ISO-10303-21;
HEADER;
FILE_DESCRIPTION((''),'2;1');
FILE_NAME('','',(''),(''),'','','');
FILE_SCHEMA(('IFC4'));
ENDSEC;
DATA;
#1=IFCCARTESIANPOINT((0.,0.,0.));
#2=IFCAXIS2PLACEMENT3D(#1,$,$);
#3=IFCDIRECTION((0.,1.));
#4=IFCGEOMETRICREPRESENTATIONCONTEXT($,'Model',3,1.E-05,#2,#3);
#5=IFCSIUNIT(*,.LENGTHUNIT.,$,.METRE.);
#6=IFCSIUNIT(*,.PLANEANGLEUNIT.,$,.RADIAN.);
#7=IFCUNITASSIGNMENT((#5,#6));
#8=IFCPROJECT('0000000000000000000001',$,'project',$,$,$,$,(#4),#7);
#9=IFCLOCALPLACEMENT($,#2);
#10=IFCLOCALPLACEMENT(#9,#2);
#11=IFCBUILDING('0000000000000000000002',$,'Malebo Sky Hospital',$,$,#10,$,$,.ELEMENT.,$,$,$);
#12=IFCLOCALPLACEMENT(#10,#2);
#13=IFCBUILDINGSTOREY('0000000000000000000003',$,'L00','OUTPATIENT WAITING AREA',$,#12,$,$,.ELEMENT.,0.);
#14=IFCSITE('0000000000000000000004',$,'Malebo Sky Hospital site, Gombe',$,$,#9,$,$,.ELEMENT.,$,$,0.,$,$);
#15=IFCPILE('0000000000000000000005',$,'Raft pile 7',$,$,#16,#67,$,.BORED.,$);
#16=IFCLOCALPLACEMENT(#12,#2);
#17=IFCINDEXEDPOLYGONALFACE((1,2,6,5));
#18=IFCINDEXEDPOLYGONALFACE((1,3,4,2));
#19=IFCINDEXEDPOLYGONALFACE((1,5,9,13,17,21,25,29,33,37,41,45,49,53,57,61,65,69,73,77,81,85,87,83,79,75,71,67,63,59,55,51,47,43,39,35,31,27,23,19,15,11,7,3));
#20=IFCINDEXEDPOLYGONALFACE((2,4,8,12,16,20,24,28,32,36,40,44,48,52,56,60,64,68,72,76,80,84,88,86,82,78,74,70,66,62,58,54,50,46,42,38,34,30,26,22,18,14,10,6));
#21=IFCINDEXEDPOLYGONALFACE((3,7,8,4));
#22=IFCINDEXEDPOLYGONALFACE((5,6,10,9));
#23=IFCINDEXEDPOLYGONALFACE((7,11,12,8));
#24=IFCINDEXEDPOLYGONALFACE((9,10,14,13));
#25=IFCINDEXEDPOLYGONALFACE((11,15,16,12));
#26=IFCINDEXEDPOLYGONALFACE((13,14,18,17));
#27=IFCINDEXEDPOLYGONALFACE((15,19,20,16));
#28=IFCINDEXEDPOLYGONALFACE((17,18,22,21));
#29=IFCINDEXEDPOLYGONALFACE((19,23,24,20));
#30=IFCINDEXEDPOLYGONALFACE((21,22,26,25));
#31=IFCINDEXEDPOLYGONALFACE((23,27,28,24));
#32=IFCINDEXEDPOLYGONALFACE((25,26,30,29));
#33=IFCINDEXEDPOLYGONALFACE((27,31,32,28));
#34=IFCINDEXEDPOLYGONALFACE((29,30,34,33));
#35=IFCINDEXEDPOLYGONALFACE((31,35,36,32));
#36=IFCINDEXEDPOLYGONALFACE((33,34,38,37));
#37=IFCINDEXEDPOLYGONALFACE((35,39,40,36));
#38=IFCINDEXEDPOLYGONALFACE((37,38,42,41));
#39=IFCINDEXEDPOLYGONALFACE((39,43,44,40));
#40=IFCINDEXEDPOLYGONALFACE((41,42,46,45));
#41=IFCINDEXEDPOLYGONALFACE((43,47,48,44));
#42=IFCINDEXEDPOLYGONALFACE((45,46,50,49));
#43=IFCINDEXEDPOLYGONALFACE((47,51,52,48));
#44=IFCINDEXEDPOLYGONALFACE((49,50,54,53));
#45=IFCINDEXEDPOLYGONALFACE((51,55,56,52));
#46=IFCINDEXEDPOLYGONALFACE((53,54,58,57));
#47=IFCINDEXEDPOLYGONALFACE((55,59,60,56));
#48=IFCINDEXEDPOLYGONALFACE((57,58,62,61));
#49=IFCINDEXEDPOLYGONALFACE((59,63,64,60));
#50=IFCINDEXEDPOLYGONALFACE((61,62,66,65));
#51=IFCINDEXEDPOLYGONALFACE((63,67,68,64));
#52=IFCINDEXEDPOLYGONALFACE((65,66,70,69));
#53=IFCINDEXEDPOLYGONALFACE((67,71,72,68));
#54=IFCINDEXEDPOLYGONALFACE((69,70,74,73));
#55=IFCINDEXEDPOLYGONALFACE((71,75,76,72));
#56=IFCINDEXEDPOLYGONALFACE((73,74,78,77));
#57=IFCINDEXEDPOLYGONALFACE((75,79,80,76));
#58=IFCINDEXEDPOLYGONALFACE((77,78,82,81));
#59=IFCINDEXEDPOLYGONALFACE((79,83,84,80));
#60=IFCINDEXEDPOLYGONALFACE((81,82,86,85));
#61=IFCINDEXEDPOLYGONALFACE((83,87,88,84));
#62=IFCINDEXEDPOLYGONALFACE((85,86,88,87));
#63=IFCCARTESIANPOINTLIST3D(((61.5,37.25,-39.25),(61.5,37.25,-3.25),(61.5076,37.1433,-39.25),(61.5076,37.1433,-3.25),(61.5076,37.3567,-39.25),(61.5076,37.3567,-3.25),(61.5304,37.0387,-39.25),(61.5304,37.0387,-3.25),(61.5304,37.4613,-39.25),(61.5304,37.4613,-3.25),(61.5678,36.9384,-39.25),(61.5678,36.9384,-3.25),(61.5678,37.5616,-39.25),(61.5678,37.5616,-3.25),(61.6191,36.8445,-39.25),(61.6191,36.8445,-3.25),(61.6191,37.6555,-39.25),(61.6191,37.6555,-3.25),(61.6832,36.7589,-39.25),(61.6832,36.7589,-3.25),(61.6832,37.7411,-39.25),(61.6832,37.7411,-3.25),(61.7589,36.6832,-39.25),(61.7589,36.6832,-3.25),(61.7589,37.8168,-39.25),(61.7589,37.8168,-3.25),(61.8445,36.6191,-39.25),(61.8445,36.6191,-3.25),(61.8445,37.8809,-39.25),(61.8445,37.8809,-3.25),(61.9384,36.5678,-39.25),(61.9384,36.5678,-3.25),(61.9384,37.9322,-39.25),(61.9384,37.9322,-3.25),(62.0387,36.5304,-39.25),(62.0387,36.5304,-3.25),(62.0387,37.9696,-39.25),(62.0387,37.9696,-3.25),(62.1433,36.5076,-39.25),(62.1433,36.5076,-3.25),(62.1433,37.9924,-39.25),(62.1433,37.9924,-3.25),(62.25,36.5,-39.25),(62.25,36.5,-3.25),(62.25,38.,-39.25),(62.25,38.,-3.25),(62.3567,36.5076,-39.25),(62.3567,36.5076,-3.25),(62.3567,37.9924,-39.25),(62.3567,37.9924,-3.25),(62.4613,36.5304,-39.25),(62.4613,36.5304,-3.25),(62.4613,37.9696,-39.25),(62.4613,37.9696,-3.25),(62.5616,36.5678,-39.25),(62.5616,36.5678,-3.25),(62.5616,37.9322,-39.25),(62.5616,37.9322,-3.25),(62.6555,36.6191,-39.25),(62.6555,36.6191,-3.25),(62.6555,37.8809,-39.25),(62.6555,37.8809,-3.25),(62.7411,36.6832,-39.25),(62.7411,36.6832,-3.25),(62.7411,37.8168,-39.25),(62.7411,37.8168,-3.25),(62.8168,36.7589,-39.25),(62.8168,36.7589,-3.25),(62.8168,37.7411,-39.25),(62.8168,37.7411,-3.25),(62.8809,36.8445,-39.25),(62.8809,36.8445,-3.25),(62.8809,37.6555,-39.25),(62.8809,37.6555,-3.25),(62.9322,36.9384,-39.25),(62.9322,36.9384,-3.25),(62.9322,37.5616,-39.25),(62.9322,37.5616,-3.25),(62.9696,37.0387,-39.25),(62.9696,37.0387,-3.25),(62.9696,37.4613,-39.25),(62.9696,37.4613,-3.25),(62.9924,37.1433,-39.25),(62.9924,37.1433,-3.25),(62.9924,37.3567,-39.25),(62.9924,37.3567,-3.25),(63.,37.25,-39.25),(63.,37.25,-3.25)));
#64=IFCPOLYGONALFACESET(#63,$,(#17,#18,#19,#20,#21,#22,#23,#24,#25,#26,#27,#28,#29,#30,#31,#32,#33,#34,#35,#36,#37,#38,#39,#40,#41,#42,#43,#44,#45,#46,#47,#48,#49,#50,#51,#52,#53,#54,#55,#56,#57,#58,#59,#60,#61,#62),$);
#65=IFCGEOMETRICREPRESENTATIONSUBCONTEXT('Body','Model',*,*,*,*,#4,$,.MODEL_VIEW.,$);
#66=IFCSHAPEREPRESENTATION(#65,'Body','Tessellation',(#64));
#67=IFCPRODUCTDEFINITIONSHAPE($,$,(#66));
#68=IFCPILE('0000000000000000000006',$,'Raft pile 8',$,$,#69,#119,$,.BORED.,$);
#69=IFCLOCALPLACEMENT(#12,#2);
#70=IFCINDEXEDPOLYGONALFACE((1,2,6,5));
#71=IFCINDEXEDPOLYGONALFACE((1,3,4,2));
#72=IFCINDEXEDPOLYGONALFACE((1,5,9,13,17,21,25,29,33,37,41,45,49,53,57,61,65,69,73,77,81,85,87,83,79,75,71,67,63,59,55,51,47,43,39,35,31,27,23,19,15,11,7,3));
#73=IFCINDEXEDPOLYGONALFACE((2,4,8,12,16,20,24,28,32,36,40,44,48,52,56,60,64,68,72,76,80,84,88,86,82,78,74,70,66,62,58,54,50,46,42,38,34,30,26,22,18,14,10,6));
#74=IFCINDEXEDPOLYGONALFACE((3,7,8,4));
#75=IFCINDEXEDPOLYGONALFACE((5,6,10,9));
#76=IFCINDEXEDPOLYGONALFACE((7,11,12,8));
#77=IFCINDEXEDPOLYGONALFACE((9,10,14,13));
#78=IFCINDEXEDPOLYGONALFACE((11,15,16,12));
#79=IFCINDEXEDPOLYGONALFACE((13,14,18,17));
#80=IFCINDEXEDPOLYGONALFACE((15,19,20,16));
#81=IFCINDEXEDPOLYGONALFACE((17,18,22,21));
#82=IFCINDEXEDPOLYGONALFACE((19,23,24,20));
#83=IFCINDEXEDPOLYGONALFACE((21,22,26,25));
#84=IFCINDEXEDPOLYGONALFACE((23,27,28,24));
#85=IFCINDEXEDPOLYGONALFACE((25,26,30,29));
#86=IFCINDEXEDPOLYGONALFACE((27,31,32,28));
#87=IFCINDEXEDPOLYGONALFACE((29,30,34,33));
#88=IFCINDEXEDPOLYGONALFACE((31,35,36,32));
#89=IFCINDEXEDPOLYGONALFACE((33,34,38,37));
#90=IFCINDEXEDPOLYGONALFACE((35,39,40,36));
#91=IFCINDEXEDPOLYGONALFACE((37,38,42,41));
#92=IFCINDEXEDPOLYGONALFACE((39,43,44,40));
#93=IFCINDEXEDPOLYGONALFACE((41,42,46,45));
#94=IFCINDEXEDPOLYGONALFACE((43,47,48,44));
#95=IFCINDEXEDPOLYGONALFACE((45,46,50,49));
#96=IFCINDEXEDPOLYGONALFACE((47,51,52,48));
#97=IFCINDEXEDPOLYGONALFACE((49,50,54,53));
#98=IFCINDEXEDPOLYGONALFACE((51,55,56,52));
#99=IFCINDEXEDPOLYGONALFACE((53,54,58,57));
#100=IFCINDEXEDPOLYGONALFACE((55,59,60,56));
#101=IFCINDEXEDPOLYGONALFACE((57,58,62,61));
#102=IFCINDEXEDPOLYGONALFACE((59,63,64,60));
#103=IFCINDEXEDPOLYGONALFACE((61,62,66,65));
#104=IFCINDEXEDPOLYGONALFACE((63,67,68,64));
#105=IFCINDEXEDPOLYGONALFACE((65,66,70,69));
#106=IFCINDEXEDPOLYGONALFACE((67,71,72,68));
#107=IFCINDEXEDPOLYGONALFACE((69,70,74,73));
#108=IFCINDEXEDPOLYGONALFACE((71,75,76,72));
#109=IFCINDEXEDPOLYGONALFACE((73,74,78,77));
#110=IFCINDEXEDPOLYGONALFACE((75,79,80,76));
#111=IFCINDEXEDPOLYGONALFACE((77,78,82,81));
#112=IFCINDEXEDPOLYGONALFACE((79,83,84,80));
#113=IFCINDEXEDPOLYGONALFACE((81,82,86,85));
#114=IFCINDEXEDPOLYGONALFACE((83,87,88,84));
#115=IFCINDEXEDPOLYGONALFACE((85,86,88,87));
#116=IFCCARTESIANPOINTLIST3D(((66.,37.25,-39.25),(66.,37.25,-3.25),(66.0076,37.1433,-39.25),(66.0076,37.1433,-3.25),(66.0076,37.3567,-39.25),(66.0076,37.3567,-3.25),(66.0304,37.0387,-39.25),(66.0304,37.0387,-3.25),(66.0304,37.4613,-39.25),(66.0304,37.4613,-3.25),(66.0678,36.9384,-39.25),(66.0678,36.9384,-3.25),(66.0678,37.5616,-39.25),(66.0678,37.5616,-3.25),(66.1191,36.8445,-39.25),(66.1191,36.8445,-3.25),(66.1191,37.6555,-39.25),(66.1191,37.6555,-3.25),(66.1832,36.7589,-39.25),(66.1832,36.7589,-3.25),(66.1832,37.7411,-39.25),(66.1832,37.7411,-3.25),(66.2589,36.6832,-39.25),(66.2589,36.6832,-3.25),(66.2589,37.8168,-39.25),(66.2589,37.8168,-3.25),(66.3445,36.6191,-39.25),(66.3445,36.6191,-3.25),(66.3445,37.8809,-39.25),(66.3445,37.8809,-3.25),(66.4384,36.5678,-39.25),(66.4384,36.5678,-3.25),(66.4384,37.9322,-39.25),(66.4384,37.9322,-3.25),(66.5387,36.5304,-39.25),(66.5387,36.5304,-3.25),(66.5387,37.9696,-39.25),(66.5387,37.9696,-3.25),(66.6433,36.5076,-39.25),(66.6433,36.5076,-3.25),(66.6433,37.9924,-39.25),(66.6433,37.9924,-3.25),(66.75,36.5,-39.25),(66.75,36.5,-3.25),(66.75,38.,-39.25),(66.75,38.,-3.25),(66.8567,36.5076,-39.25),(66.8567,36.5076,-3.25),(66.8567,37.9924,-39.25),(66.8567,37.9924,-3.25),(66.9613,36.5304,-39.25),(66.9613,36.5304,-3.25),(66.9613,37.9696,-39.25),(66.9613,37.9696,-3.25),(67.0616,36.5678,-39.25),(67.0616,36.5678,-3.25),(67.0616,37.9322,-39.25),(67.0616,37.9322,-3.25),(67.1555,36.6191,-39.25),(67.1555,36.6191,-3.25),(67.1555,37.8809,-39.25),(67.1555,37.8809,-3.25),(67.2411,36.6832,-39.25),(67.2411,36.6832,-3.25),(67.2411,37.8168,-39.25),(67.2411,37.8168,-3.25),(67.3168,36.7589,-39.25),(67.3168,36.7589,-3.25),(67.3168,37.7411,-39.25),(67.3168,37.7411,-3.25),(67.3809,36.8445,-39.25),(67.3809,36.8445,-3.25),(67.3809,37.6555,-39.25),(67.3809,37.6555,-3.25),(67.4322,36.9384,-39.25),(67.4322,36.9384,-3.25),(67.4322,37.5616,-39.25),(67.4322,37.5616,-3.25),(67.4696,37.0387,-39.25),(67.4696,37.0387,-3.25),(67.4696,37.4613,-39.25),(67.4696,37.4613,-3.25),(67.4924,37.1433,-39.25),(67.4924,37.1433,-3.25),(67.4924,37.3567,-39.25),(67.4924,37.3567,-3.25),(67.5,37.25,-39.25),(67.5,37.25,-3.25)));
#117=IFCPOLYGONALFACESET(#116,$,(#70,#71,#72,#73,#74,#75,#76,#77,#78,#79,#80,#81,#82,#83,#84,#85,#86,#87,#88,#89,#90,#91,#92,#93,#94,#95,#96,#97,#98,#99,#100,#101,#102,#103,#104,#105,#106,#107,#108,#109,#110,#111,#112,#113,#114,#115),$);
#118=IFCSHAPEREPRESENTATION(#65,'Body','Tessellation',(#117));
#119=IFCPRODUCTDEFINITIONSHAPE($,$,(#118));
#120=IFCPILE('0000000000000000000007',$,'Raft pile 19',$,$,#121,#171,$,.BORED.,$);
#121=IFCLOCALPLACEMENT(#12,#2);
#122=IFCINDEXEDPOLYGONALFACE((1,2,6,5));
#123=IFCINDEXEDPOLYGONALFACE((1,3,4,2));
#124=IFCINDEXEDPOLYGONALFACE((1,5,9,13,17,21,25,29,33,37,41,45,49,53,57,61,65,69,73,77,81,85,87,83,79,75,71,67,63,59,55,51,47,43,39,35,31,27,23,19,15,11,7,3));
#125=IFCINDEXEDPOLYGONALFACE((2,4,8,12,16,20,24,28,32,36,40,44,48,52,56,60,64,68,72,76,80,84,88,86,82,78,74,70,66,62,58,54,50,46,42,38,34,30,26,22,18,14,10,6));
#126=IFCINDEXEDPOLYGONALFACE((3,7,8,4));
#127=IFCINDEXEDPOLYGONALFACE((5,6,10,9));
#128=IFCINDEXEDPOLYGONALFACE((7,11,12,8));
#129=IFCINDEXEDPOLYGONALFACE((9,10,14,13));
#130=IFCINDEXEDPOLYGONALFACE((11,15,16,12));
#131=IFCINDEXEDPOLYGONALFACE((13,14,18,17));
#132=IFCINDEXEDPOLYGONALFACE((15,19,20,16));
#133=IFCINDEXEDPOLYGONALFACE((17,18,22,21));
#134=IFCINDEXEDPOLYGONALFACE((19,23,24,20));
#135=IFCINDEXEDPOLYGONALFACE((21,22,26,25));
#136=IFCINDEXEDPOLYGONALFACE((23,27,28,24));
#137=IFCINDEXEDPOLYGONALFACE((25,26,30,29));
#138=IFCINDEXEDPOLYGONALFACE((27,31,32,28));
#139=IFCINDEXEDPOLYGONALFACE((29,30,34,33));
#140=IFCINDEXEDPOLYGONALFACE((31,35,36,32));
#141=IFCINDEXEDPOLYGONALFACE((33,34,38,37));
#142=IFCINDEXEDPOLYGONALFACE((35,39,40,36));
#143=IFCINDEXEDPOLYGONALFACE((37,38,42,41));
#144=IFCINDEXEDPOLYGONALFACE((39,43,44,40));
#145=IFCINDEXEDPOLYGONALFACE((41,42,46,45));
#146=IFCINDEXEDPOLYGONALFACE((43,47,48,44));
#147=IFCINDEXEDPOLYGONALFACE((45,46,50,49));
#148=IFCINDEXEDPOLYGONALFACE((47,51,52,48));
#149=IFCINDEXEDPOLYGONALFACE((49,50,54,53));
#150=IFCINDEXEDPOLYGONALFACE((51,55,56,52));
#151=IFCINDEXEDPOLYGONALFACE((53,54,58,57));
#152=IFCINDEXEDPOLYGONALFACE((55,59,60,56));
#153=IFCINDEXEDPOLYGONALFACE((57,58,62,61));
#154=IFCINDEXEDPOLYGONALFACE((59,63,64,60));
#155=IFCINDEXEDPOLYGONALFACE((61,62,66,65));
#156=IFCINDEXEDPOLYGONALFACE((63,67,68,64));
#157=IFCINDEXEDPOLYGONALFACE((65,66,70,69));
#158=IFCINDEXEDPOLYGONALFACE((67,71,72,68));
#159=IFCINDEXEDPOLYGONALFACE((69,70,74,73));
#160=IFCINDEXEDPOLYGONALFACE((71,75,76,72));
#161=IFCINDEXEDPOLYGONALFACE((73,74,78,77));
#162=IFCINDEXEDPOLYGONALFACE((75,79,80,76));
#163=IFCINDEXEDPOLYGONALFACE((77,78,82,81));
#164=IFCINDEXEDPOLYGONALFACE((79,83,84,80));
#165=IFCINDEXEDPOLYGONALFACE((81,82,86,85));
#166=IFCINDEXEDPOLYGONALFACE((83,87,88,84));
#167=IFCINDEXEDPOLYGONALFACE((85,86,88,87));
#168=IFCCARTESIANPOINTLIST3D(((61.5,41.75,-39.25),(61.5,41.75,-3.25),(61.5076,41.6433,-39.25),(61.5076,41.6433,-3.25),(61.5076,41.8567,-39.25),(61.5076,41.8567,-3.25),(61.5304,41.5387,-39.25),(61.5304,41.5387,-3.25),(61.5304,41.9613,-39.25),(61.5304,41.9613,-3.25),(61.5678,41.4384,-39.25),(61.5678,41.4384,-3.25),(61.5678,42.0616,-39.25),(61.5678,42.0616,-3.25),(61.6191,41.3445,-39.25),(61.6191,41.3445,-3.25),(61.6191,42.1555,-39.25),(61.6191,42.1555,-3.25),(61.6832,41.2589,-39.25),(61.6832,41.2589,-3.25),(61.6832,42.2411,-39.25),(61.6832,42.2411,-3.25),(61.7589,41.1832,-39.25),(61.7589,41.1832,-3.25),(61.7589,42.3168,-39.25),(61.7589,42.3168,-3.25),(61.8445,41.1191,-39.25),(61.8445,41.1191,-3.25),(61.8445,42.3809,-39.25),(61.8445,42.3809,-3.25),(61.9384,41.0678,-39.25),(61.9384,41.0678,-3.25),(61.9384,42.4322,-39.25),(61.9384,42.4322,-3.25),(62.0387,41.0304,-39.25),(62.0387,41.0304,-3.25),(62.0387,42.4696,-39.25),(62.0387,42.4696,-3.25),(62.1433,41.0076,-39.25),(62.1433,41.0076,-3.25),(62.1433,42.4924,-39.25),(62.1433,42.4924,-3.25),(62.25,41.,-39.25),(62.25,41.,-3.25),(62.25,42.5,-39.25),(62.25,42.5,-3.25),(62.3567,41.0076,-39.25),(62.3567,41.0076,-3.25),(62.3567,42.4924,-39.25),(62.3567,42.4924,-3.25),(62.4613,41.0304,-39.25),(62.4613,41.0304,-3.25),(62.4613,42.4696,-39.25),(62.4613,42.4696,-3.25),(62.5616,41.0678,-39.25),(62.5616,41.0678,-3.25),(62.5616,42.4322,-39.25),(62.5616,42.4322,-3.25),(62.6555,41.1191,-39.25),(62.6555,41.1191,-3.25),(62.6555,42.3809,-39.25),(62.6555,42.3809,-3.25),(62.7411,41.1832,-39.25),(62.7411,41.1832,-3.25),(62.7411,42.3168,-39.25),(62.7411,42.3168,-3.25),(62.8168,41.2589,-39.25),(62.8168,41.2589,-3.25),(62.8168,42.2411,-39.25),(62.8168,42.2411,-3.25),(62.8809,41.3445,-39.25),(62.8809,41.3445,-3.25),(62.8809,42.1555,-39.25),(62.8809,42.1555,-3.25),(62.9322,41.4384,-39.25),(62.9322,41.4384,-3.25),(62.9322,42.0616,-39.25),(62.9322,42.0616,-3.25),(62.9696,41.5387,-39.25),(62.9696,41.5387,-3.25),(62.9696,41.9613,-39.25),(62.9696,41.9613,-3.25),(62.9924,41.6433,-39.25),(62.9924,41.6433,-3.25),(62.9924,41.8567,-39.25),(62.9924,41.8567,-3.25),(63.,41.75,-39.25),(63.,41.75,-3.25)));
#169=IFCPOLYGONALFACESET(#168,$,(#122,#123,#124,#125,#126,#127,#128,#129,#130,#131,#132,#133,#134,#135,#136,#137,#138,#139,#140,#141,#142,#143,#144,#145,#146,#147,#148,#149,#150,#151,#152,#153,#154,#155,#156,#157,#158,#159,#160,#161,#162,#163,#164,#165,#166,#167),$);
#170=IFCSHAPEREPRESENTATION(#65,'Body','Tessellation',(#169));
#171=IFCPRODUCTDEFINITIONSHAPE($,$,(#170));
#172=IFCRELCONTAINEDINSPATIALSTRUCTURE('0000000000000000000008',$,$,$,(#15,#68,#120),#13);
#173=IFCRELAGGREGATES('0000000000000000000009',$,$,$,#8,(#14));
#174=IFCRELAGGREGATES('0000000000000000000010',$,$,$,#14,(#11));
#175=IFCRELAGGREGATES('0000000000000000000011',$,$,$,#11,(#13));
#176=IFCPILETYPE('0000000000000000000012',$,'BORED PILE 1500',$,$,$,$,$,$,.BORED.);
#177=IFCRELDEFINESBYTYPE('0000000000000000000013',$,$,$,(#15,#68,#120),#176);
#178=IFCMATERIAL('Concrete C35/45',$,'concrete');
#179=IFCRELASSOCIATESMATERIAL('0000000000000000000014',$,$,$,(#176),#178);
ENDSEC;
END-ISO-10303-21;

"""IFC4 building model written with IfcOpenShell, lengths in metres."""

from ifc_helpers import new_model, si_unit, direction, frame, origin, origin_2d, place, context, subcontext, project, spatial, circle, extrude, material, material_profile, profile_set, type_object, element, save


model = new_model("IFC4")

# Units and contexts
model_context = context("Model", 3, precision=1e-05, world=origin(), true_north=direction((0.0, 1.0)))
body_context = subcontext(model_context, "Body", "Model", "MODEL_VIEW")
ifc_project = project(units=[si_unit("LENGTHUNIT", "METRE"), si_unit("PLANEANGLEUNIT", "RADIAN")], contexts=[model_context])

# Site, building, storey
site_placement = place(None, origin())
site = spatial("IfcSite", under=ifc_project, at=site_placement, Name="Malebo Sky Hospital site, Gombe", CompositionType="ELEMENT", RefElevation=0.0)
building_placement = place(site_placement, origin())
building = spatial("IfcBuilding", under=site, at=building_placement, Name="Malebo Sky Hospital", CompositionType="ELEMENT")
storey_placement = place(building_placement, origin())
storey = spatial("IfcBuildingStorey", under=building, at=storey_placement, Name="L00", Description="OUTPATIENT WAITING AREA", CompositionType="ELEMENT", Elevation=0.0)

# Piles
ifc_material_1 = material(Name="Concrete C35/45", Category="concrete")
ifc_material_profile_1 = material_profile(ifc_material_1, circle(Radius=0.75, at=origin_2d()), Name="BP 1500")
ifc_profile_set_1 = profile_set([ifc_material_profile_1], Name="Concrete C35/45")
pile_type = type_object("IfcPileType", Name="BORED PILE 1500", PredefinedType="BORED", material=ifc_profile_set_1)
for number, where, z_axis, x_axis, name in (
    (1, (62.25, 37.25, -3.25), (0.0, 0.0, -1.0), (1.0, 0.0, 0.0), "Raft pile 7"),
    (2, (66.75, 37.25, -3.25), (0.0, 0.0, -1.0), (1.0, 0.0, 0.0), "Raft pile 8"),
    (3, (62.25, 41.75, -3.25), (0.0, 0.0, -1.0), (1.0, 0.0, 0.0), "Raft pile 19"),
):
    element("IfcPile", number, at=place(storey_placement, frame(where, z_axis=z_axis, x_axis=x_axis)), inside=storey, type_object=pile_type, Name=name, PredefinedType="BORED", context=body_context, shape_type="SweptSolid", body=[
        extrude(circle(Radius=0.75, at=origin_2d()), origin(), (0.0, 0.0, 1.0), 36.0),
    ])

save(model, "model.ifc")
